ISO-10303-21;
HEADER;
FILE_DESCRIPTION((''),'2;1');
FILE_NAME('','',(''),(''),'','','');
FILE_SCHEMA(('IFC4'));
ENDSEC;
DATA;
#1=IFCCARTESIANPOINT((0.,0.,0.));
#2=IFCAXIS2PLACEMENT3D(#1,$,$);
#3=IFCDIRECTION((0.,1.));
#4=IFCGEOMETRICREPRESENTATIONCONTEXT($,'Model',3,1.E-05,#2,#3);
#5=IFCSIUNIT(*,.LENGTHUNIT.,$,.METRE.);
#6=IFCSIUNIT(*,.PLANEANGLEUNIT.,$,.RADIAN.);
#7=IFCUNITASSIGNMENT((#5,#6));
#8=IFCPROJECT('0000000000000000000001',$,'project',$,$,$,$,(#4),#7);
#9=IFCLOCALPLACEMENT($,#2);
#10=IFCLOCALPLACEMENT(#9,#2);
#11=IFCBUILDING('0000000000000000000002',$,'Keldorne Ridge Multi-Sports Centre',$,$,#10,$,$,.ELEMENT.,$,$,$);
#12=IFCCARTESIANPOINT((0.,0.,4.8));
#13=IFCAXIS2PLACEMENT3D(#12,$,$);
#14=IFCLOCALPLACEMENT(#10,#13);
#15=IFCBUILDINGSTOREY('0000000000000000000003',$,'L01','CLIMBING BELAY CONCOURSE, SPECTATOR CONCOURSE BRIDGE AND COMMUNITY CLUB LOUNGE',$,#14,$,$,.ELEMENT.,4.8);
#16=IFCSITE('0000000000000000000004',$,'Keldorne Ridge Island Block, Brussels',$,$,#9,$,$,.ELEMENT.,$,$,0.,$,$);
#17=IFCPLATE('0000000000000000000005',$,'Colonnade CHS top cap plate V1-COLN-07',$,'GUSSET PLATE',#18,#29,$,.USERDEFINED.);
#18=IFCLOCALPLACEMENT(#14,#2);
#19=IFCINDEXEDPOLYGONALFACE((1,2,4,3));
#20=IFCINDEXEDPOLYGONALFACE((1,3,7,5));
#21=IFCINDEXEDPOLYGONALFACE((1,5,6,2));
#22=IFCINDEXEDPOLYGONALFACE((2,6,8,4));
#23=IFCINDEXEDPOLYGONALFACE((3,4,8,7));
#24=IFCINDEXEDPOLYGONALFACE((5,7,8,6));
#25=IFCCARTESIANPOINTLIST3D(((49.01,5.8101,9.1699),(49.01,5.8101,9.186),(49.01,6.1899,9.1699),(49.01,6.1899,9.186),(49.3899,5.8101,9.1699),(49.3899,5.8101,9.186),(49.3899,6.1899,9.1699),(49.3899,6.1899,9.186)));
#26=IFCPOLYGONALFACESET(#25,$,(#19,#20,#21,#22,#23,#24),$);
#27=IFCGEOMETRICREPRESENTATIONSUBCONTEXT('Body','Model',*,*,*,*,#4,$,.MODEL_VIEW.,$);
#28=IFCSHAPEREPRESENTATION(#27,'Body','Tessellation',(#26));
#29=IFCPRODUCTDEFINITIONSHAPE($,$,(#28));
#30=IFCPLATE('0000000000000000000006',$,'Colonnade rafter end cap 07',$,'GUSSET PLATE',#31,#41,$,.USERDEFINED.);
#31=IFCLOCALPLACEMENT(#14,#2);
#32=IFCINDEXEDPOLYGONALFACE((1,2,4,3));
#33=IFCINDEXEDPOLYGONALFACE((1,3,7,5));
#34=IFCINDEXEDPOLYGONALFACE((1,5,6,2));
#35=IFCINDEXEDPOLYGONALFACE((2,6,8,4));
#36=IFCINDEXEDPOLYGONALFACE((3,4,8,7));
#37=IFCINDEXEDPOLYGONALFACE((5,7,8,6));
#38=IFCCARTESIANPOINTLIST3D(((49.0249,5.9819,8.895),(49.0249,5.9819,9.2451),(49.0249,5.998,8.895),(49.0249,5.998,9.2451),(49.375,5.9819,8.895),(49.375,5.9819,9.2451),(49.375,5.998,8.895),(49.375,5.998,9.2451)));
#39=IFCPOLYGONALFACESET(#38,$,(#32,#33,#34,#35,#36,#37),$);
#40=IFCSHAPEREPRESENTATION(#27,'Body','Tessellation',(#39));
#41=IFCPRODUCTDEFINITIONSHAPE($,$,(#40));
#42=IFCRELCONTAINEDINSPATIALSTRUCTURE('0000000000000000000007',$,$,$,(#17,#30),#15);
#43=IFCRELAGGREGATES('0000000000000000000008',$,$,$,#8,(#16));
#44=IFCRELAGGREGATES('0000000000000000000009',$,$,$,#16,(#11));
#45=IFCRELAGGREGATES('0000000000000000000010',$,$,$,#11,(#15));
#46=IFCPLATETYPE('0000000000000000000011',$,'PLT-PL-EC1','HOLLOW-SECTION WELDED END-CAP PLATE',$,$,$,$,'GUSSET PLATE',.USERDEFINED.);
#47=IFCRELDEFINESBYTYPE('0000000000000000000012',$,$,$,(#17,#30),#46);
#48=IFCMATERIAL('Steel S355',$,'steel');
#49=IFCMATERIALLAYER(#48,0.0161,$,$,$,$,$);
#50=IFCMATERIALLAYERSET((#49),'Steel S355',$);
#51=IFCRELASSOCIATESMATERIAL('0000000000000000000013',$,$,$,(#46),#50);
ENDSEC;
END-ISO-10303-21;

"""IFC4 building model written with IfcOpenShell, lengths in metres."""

from ifc_helpers import new_model, si_unit, direction, frame, origin, origin_2d, place, context, subcontext, project, spatial, rectangle, extrude, material, layer, layer_set, type_object, element, save


model = new_model("IFC4")

# Units and contexts
model_context = context("Model", 3, precision=1e-05, world=origin(), true_north=direction((0.0, 1.0)))
body_context = subcontext(model_context, "Body", "Model", "MODEL_VIEW")
ifc_project = project(units=[si_unit("LENGTHUNIT", "METRE"), si_unit("PLANEANGLEUNIT", "RADIAN")], contexts=[model_context])

# Site, building, storey
site_placement = place(None, origin())
site = spatial("IfcSite", under=ifc_project, at=site_placement, Name="Keldorne Ridge Island Block, Brussels", CompositionType="ELEMENT", RefElevation=0.0)
building_placement = place(site_placement, origin())
building = spatial("IfcBuilding", under=site, at=building_placement, Name="Keldorne Ridge Multi-Sports Centre", CompositionType="ELEMENT")
storey_placement = place(building_placement, frame((0.0, 0.0, 4.8)))
storey = spatial("IfcBuildingStorey", under=building, at=storey_placement, Name="L01", Description="CLIMBING BELAY CONCOURSE, SPECTATOR CONCOURSE BRIDGE AND COMMUNITY CLUB LOUNGE", CompositionType="ELEMENT", Elevation=4.8)

# Shared definitions
ifc_material_1 = material(Name="Steel S355", Category="steel")

# Plates
ifc_layer_1 = layer(ifc_material_1, 0.0161)
ifc_layer_set_1 = layer_set([ifc_layer_1], Name="Steel S355")
plate_type_1 = type_object("IfcPlateType", Name="PLT-PL-EC1", Description="HOLLOW-SECTION WELDED END-CAP PLATE", ElementType="GUSSET PLATE", PredefinedType="USERDEFINED", material=ifc_layer_set_1)
plate_1_placement = place(storey_placement, frame((49.2, 6.0, 9.1699), z_axis=(0.0, 0.0, 1.0), x_axis=(1.0, 0.0, 0.0)))
element("IfcPlate", 1, at=plate_1_placement, inside=storey, type_object=plate_type_1, Name="Colonnade CHS top cap plate V1-COLN-07", ObjectType="GUSSET PLATE", PredefinedType="USERDEFINED", context=body_context, shape_type="SweptSolid", body=[
    extrude(rectangle(XDim=0.3799, YDim=0.3799, at=origin_2d()), origin(), (0.0, 0.0, 1.0), 0.0161),
])
plate_2_placement = place(storey_placement, frame((49.2, 5.99, 8.895), z_axis=(0.0, 0.0, 1.0), x_axis=(1.0, 0.0, 0.0)))
element("IfcPlate", 2, at=plate_2_placement, inside=storey, type_object=plate_type_1, Name="Colonnade rafter end cap 07", ObjectType="GUSSET PLATE", PredefinedType="USERDEFINED", context=body_context, shape_type="SweptSolid", body=[
    extrude(rectangle(XDim=0.3501, YDim=0.0161, at=origin_2d()), origin(), (0.0, 0.0, 1.0), 0.3501),
])

save(model, "model.ifc")
